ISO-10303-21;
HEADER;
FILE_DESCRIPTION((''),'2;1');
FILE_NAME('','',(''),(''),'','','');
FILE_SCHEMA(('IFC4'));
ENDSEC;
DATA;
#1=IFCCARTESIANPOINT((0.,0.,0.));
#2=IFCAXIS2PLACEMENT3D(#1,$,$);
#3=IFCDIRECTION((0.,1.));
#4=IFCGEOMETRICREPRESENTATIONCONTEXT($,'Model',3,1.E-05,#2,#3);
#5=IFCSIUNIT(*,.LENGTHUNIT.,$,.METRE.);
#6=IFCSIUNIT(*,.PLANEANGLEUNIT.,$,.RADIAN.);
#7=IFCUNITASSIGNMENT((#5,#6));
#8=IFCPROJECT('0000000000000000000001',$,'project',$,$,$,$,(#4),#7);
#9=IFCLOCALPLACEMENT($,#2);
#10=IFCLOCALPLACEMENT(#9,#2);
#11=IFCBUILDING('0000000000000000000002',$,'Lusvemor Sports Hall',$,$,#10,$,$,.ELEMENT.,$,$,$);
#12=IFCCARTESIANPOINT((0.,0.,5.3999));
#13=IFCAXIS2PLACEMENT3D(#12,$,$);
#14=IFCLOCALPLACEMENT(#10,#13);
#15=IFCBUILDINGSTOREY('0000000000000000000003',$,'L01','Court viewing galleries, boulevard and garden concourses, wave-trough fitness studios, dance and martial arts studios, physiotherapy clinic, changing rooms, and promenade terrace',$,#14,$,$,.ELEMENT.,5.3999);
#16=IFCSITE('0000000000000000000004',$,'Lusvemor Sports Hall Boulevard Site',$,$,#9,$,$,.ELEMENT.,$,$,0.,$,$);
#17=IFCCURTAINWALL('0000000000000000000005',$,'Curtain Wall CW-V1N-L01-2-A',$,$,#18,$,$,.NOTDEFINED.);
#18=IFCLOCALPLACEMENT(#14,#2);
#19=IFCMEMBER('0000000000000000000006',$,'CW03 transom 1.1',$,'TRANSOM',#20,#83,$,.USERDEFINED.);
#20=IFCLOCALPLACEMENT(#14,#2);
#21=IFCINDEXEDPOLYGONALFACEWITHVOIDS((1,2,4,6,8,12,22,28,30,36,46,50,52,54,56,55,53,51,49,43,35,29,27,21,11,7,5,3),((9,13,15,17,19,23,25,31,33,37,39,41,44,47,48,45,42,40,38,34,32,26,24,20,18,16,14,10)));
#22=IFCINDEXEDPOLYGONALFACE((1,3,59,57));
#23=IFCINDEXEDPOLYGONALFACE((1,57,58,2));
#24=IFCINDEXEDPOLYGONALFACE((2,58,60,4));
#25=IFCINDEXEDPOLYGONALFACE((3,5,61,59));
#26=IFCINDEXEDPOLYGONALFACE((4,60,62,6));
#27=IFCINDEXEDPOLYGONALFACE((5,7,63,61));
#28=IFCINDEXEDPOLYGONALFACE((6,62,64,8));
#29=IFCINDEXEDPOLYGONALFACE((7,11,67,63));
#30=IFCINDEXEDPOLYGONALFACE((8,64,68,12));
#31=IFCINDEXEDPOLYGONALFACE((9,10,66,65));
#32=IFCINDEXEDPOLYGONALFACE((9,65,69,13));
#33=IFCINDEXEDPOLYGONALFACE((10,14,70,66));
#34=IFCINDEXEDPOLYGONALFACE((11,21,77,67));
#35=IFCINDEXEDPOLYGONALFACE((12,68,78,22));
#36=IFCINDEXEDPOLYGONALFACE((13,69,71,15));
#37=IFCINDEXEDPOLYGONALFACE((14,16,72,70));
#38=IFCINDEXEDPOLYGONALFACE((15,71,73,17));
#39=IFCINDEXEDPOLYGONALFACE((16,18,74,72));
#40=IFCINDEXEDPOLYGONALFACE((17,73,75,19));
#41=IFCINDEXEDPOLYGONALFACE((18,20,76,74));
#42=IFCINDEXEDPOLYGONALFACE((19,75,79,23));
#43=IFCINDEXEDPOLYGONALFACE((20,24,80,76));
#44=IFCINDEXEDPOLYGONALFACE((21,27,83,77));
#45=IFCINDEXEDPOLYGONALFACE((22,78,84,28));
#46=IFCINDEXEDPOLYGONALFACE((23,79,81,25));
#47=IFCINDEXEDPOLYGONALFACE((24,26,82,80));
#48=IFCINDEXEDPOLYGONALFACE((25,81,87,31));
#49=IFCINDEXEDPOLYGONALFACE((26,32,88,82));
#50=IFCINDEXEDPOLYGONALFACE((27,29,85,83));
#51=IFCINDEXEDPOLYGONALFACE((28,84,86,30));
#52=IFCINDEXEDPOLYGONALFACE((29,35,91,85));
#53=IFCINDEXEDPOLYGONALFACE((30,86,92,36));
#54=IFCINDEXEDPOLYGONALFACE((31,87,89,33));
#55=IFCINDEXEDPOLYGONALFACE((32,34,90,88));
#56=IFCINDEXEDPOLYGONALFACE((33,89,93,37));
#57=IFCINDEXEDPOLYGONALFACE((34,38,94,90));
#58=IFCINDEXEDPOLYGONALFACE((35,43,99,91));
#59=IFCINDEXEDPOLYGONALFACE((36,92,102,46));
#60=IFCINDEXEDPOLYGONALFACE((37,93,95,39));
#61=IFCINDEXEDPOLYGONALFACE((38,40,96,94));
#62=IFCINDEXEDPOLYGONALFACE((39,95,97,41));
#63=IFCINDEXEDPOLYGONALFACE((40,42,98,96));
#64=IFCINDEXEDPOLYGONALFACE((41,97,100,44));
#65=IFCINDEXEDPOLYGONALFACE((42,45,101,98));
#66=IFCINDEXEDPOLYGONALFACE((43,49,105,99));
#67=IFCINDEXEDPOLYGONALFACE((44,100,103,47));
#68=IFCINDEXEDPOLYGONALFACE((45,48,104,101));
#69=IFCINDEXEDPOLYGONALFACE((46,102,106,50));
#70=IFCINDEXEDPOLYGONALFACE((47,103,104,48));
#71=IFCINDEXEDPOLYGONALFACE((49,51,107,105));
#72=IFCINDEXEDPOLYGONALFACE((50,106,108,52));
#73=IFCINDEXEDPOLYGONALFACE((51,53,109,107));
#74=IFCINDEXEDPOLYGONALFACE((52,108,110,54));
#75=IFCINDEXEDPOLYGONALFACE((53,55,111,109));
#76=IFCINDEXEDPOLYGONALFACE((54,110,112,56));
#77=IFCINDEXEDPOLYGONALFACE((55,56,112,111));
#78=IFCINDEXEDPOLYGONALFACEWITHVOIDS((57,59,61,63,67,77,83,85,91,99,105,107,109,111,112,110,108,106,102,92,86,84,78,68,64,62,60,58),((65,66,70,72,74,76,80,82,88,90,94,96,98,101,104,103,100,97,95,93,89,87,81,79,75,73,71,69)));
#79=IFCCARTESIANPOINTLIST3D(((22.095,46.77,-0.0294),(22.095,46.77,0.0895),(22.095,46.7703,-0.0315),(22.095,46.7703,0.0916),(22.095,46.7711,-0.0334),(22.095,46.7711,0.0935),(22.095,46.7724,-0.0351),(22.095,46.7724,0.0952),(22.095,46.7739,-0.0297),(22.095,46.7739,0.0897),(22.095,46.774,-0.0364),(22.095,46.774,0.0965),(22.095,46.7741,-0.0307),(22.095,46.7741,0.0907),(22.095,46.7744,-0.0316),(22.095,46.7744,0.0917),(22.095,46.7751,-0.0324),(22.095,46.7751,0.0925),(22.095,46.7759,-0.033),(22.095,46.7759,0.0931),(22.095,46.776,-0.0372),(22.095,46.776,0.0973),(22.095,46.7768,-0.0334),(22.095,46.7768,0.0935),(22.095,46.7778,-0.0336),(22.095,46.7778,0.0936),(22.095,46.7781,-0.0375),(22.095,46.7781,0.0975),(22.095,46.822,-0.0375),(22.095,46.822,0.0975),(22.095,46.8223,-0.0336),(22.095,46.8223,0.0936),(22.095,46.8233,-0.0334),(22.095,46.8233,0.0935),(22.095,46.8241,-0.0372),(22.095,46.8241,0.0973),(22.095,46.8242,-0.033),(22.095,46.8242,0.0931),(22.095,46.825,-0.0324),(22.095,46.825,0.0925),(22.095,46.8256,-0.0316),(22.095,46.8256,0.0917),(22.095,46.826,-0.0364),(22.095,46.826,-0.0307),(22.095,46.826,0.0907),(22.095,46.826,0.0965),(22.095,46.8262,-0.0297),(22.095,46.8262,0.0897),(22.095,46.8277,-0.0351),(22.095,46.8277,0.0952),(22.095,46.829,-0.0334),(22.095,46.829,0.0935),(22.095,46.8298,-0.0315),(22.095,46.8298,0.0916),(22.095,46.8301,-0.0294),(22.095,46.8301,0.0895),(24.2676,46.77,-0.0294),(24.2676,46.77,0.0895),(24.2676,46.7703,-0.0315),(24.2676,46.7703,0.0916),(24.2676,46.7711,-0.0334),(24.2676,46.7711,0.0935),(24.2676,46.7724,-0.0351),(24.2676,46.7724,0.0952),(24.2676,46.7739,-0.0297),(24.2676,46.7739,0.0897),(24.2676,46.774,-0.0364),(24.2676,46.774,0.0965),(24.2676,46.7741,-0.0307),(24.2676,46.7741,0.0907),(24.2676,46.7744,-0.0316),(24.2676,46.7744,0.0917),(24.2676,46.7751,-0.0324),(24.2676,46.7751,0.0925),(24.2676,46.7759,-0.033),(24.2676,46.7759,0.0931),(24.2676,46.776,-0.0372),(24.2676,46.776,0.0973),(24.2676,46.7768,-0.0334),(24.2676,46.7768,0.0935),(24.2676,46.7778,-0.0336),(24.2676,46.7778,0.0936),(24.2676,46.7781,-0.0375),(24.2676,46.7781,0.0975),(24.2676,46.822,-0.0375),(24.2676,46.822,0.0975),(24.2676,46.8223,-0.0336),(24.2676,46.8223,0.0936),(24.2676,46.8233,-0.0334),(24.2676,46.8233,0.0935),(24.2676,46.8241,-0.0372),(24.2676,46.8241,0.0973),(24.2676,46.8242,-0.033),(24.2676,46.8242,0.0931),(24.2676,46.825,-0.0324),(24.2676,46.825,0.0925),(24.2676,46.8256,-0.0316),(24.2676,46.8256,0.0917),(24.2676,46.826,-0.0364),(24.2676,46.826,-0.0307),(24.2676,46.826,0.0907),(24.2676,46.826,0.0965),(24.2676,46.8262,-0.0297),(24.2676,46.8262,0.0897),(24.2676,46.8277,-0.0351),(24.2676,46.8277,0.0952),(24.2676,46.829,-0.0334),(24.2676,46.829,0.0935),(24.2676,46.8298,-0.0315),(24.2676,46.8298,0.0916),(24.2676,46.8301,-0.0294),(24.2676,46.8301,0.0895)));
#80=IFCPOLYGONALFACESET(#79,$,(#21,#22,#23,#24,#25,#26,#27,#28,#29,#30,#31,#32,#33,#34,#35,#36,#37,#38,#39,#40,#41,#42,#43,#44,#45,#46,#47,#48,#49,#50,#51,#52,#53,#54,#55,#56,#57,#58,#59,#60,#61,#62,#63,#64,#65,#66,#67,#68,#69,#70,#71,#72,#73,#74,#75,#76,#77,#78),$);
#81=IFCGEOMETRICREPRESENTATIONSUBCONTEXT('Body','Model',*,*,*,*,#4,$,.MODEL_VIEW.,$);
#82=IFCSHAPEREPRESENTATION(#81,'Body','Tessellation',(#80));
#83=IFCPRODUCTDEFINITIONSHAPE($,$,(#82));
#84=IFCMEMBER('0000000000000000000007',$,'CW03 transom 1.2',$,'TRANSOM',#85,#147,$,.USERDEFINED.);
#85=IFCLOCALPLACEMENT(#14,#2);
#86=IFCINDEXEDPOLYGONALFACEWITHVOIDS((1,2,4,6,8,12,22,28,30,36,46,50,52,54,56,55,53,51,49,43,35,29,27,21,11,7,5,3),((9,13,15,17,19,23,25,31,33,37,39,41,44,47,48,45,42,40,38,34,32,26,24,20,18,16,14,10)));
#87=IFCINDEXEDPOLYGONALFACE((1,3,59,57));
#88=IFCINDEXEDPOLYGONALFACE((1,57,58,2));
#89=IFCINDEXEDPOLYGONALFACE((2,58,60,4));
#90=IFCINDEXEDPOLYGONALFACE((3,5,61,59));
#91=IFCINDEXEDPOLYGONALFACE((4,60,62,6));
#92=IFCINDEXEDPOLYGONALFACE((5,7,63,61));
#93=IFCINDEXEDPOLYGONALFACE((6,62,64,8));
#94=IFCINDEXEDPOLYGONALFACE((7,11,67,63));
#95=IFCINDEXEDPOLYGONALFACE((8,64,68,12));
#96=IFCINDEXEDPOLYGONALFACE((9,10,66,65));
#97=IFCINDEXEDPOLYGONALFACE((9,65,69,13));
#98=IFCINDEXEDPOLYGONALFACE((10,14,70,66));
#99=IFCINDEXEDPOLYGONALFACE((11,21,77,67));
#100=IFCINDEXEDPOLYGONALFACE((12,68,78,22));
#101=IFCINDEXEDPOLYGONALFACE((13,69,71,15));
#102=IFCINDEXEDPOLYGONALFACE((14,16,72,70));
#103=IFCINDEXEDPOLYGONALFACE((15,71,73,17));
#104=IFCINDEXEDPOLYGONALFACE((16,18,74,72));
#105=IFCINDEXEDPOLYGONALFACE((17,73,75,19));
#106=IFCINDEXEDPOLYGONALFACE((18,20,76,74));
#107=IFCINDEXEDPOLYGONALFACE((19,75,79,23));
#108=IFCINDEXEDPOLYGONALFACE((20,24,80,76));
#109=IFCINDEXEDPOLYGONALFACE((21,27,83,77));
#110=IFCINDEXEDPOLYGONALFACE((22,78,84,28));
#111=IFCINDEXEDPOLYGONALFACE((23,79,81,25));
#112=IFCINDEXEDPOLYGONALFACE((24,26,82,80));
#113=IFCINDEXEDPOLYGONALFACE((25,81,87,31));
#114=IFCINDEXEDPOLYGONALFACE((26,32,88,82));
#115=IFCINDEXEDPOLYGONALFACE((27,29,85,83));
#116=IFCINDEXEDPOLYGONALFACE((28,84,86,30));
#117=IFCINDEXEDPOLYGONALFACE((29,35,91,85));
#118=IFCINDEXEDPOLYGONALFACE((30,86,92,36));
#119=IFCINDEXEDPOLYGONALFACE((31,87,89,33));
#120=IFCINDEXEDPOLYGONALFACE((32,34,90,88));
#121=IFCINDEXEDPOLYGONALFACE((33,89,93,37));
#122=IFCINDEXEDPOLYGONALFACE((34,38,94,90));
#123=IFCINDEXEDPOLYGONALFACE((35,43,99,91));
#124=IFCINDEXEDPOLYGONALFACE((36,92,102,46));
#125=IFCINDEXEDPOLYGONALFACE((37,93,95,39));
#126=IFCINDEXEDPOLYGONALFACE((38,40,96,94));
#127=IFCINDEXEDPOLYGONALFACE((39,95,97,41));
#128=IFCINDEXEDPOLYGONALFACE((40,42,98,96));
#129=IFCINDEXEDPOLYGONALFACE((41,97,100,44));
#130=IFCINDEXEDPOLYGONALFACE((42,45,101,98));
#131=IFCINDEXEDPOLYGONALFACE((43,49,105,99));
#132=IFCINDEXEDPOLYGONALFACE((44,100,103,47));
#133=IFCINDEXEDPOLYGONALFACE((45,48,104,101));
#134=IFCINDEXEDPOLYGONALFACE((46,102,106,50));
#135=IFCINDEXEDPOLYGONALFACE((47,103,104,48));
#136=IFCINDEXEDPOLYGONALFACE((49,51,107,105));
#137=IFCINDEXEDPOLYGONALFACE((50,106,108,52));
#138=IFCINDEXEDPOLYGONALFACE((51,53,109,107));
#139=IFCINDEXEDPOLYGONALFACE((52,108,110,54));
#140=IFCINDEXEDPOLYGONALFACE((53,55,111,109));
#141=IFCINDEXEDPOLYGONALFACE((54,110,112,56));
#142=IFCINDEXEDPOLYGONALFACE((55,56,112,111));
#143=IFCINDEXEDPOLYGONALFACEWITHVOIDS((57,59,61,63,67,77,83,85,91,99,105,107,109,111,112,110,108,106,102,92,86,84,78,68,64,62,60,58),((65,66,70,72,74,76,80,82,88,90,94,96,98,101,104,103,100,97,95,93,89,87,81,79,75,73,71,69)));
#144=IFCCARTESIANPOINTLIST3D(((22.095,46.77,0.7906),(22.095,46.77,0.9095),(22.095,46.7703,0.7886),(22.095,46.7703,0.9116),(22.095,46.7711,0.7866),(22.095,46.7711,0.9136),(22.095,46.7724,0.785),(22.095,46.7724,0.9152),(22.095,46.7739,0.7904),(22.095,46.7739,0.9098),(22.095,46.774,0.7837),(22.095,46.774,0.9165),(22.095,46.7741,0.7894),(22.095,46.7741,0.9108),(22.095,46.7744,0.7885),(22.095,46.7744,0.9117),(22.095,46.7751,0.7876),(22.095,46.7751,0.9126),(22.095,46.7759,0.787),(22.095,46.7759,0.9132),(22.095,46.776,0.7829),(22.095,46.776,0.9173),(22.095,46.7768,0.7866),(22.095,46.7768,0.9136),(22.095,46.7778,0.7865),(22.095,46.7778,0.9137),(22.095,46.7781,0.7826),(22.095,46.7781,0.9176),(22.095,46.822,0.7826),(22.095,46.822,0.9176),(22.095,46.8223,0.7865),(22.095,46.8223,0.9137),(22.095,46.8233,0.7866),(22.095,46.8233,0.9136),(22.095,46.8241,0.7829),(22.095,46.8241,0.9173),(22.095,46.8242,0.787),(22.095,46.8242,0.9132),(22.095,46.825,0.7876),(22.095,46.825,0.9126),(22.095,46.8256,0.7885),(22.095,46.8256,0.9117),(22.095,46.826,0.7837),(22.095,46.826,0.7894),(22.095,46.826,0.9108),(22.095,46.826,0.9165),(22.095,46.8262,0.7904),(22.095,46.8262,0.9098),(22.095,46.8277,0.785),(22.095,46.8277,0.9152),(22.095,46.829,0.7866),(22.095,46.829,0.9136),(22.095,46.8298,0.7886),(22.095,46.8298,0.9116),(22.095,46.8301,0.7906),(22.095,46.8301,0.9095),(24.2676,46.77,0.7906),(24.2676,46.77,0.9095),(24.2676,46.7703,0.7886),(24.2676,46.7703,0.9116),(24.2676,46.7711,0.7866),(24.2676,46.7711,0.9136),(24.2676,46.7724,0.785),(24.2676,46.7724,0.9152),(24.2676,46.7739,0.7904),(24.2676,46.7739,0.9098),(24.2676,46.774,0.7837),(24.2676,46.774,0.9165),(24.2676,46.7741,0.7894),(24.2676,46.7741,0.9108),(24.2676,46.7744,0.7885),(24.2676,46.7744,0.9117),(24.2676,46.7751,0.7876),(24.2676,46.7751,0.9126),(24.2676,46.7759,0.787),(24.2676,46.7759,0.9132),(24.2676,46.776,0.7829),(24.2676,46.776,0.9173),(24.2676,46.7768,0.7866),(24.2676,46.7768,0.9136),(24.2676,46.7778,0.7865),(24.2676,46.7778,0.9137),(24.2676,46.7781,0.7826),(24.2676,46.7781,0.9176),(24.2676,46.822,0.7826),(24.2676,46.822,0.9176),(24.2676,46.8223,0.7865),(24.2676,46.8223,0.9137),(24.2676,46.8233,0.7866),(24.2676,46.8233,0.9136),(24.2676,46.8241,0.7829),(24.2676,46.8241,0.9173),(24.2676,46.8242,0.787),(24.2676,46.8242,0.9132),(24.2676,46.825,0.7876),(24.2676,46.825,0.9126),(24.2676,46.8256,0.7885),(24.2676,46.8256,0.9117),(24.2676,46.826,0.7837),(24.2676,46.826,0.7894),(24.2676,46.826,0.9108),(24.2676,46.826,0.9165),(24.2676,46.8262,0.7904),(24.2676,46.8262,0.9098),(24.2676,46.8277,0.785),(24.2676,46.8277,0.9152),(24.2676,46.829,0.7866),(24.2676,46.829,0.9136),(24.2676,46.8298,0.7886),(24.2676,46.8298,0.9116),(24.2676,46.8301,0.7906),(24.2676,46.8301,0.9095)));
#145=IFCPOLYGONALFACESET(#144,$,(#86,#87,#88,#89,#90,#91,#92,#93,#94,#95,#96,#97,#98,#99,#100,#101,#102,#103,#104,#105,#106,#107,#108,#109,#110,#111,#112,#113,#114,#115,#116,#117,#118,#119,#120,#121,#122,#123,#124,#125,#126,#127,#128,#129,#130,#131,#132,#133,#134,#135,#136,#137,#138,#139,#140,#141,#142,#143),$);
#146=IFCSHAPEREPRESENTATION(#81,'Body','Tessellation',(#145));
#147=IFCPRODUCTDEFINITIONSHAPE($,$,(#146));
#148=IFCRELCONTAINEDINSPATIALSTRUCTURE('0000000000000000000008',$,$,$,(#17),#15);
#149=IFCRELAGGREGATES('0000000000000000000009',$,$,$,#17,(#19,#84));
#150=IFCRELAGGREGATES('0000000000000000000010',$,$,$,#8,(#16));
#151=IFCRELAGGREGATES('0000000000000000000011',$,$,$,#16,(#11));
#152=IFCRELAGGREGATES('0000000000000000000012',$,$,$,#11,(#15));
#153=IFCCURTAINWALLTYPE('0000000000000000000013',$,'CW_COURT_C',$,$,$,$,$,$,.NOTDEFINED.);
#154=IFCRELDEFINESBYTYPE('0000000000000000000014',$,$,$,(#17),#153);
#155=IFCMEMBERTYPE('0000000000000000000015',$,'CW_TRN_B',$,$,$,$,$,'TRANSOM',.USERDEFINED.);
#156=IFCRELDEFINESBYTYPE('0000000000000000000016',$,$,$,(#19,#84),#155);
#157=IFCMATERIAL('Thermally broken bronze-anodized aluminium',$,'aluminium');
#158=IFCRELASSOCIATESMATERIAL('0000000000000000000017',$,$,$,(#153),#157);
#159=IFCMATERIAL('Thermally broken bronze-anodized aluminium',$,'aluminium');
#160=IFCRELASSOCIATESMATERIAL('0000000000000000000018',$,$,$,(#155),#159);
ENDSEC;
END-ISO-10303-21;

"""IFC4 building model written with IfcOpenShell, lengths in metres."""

from ifc_helpers import new_model, si_unit, direction, frame, origin, origin_2d, place, context, subcontext, project, spatial, hollow_rectangle, extrude, material, material_profile, profile_set, type_object, element, aggregate, save


model = new_model("IFC4")

# Units and contexts
model_context = context("Model", 3, precision=1e-05, world=origin(), true_north=direction((0.0, 1.0)))
body_context = subcontext(model_context, "Body", "Model", "MODEL_VIEW")
ifc_project = project(units=[si_unit("LENGTHUNIT", "METRE"), si_unit("PLANEANGLEUNIT", "RADIAN")], contexts=[model_context])

# Site, building, storey
site_placement = place(None, origin())
site = spatial("IfcSite", under=ifc_project, at=site_placement, Name="Lusvemor Sports Hall Boulevard Site", CompositionType="ELEMENT", RefElevation=0.0)
building_placement = place(site_placement, origin())
building = spatial("IfcBuilding", under=site, at=building_placement, Name="Lusvemor Sports Hall", CompositionType="ELEMENT")
storey_placement = place(building_placement, frame((0.0, 0.0, 5.3999)))
storey = spatial("IfcBuildingStorey", under=building, at=storey_placement, Name="L01", Description="Court viewing galleries, boulevard and garden concourses, wave-trough fitness studios, dance and martial arts studios, physiotherapy clinic, changing rooms, and promenade terrace", CompositionType="ELEMENT", Elevation=5.3999)

# Curtain wall
ifc_material_1 = material(Name="Thermally broken bronze-anodized aluminium", Category="aluminium")
curtain_wall_type = type_object("IfcCurtainWallType", Name="CW_COURT_C", PredefinedType="NOTDEFINED", material=ifc_material_1)
curtain_wall_1_placement = place(storey_placement, origin())
curtain_wall_1 = element("IfcCurtainWall", 1, at=curtain_wall_1_placement, inside=storey, type_object=curtain_wall_type, Name="Curtain Wall CW-V1N-L01-2-A", PredefinedType="NOTDEFINED")

# Members
ifc_material_2 = material(Name="Thermally broken bronze-anodized aluminium", Category="aluminium")
ifc_material_profile_1 = material_profile(ifc_material_2, hollow_rectangle(XDim=0.0601, YDim=0.135, WallThickness=0.0039, InnerFilletRadius=0.0039, OuterFilletRadius=0.0081, at=origin_2d()), Name="CWTRN135x60x4")
ifc_profile_set_1 = profile_set([ifc_material_profile_1], Name="Thermally broken bronze-anodized aluminium")
member_type_1 = type_object("IfcMemberType", Name="CW_TRN_B", ElementType="TRANSOM", PredefinedType="USERDEFINED", material=ifc_profile_set_1)
member_1_placement = place(storey_placement, frame((22.095, 46.8, 0.03), z_axis=(1.0, 0.0, 0.0), x_axis=(0.0, 1.0, 0.0)))
member_1 = element("IfcMember", 2, at=member_1_placement, type_object=member_type_1, Name="CW03 transom 1.1", ObjectType="TRANSOM", PredefinedType="USERDEFINED", context=body_context, shape_type="SweptSolid", body=[
    extrude(hollow_rectangle(XDim=0.0601, YDim=0.135, WallThickness=0.0039, InnerFilletRadius=0.0039, OuterFilletRadius=0.0081, at=origin_2d()), origin(), (0.0, 0.0, 1.0), 2.1726),
])
member_2_placement = place(storey_placement, frame((22.095, 46.8, 0.8501), z_axis=(1.0, 0.0, 0.0), x_axis=(0.0, 1.0, 0.0)))
member_2 = element("IfcMember", 3, at=member_2_placement, type_object=member_type_1, Name="CW03 transom 1.2", ObjectType="TRANSOM", PredefinedType="USERDEFINED", context=body_context, shape_type="SweptSolid", body=[
    extrude(hollow_rectangle(XDim=0.0601, YDim=0.135, WallThickness=0.0039, InnerFilletRadius=0.0039, OuterFilletRadius=0.0081, at=origin_2d()), origin(), (0.0, 0.0, 1.0), 2.1726),
])

aggregate(curtain_wall_1, [member_1, member_2])

save(model, "model.ifc")
